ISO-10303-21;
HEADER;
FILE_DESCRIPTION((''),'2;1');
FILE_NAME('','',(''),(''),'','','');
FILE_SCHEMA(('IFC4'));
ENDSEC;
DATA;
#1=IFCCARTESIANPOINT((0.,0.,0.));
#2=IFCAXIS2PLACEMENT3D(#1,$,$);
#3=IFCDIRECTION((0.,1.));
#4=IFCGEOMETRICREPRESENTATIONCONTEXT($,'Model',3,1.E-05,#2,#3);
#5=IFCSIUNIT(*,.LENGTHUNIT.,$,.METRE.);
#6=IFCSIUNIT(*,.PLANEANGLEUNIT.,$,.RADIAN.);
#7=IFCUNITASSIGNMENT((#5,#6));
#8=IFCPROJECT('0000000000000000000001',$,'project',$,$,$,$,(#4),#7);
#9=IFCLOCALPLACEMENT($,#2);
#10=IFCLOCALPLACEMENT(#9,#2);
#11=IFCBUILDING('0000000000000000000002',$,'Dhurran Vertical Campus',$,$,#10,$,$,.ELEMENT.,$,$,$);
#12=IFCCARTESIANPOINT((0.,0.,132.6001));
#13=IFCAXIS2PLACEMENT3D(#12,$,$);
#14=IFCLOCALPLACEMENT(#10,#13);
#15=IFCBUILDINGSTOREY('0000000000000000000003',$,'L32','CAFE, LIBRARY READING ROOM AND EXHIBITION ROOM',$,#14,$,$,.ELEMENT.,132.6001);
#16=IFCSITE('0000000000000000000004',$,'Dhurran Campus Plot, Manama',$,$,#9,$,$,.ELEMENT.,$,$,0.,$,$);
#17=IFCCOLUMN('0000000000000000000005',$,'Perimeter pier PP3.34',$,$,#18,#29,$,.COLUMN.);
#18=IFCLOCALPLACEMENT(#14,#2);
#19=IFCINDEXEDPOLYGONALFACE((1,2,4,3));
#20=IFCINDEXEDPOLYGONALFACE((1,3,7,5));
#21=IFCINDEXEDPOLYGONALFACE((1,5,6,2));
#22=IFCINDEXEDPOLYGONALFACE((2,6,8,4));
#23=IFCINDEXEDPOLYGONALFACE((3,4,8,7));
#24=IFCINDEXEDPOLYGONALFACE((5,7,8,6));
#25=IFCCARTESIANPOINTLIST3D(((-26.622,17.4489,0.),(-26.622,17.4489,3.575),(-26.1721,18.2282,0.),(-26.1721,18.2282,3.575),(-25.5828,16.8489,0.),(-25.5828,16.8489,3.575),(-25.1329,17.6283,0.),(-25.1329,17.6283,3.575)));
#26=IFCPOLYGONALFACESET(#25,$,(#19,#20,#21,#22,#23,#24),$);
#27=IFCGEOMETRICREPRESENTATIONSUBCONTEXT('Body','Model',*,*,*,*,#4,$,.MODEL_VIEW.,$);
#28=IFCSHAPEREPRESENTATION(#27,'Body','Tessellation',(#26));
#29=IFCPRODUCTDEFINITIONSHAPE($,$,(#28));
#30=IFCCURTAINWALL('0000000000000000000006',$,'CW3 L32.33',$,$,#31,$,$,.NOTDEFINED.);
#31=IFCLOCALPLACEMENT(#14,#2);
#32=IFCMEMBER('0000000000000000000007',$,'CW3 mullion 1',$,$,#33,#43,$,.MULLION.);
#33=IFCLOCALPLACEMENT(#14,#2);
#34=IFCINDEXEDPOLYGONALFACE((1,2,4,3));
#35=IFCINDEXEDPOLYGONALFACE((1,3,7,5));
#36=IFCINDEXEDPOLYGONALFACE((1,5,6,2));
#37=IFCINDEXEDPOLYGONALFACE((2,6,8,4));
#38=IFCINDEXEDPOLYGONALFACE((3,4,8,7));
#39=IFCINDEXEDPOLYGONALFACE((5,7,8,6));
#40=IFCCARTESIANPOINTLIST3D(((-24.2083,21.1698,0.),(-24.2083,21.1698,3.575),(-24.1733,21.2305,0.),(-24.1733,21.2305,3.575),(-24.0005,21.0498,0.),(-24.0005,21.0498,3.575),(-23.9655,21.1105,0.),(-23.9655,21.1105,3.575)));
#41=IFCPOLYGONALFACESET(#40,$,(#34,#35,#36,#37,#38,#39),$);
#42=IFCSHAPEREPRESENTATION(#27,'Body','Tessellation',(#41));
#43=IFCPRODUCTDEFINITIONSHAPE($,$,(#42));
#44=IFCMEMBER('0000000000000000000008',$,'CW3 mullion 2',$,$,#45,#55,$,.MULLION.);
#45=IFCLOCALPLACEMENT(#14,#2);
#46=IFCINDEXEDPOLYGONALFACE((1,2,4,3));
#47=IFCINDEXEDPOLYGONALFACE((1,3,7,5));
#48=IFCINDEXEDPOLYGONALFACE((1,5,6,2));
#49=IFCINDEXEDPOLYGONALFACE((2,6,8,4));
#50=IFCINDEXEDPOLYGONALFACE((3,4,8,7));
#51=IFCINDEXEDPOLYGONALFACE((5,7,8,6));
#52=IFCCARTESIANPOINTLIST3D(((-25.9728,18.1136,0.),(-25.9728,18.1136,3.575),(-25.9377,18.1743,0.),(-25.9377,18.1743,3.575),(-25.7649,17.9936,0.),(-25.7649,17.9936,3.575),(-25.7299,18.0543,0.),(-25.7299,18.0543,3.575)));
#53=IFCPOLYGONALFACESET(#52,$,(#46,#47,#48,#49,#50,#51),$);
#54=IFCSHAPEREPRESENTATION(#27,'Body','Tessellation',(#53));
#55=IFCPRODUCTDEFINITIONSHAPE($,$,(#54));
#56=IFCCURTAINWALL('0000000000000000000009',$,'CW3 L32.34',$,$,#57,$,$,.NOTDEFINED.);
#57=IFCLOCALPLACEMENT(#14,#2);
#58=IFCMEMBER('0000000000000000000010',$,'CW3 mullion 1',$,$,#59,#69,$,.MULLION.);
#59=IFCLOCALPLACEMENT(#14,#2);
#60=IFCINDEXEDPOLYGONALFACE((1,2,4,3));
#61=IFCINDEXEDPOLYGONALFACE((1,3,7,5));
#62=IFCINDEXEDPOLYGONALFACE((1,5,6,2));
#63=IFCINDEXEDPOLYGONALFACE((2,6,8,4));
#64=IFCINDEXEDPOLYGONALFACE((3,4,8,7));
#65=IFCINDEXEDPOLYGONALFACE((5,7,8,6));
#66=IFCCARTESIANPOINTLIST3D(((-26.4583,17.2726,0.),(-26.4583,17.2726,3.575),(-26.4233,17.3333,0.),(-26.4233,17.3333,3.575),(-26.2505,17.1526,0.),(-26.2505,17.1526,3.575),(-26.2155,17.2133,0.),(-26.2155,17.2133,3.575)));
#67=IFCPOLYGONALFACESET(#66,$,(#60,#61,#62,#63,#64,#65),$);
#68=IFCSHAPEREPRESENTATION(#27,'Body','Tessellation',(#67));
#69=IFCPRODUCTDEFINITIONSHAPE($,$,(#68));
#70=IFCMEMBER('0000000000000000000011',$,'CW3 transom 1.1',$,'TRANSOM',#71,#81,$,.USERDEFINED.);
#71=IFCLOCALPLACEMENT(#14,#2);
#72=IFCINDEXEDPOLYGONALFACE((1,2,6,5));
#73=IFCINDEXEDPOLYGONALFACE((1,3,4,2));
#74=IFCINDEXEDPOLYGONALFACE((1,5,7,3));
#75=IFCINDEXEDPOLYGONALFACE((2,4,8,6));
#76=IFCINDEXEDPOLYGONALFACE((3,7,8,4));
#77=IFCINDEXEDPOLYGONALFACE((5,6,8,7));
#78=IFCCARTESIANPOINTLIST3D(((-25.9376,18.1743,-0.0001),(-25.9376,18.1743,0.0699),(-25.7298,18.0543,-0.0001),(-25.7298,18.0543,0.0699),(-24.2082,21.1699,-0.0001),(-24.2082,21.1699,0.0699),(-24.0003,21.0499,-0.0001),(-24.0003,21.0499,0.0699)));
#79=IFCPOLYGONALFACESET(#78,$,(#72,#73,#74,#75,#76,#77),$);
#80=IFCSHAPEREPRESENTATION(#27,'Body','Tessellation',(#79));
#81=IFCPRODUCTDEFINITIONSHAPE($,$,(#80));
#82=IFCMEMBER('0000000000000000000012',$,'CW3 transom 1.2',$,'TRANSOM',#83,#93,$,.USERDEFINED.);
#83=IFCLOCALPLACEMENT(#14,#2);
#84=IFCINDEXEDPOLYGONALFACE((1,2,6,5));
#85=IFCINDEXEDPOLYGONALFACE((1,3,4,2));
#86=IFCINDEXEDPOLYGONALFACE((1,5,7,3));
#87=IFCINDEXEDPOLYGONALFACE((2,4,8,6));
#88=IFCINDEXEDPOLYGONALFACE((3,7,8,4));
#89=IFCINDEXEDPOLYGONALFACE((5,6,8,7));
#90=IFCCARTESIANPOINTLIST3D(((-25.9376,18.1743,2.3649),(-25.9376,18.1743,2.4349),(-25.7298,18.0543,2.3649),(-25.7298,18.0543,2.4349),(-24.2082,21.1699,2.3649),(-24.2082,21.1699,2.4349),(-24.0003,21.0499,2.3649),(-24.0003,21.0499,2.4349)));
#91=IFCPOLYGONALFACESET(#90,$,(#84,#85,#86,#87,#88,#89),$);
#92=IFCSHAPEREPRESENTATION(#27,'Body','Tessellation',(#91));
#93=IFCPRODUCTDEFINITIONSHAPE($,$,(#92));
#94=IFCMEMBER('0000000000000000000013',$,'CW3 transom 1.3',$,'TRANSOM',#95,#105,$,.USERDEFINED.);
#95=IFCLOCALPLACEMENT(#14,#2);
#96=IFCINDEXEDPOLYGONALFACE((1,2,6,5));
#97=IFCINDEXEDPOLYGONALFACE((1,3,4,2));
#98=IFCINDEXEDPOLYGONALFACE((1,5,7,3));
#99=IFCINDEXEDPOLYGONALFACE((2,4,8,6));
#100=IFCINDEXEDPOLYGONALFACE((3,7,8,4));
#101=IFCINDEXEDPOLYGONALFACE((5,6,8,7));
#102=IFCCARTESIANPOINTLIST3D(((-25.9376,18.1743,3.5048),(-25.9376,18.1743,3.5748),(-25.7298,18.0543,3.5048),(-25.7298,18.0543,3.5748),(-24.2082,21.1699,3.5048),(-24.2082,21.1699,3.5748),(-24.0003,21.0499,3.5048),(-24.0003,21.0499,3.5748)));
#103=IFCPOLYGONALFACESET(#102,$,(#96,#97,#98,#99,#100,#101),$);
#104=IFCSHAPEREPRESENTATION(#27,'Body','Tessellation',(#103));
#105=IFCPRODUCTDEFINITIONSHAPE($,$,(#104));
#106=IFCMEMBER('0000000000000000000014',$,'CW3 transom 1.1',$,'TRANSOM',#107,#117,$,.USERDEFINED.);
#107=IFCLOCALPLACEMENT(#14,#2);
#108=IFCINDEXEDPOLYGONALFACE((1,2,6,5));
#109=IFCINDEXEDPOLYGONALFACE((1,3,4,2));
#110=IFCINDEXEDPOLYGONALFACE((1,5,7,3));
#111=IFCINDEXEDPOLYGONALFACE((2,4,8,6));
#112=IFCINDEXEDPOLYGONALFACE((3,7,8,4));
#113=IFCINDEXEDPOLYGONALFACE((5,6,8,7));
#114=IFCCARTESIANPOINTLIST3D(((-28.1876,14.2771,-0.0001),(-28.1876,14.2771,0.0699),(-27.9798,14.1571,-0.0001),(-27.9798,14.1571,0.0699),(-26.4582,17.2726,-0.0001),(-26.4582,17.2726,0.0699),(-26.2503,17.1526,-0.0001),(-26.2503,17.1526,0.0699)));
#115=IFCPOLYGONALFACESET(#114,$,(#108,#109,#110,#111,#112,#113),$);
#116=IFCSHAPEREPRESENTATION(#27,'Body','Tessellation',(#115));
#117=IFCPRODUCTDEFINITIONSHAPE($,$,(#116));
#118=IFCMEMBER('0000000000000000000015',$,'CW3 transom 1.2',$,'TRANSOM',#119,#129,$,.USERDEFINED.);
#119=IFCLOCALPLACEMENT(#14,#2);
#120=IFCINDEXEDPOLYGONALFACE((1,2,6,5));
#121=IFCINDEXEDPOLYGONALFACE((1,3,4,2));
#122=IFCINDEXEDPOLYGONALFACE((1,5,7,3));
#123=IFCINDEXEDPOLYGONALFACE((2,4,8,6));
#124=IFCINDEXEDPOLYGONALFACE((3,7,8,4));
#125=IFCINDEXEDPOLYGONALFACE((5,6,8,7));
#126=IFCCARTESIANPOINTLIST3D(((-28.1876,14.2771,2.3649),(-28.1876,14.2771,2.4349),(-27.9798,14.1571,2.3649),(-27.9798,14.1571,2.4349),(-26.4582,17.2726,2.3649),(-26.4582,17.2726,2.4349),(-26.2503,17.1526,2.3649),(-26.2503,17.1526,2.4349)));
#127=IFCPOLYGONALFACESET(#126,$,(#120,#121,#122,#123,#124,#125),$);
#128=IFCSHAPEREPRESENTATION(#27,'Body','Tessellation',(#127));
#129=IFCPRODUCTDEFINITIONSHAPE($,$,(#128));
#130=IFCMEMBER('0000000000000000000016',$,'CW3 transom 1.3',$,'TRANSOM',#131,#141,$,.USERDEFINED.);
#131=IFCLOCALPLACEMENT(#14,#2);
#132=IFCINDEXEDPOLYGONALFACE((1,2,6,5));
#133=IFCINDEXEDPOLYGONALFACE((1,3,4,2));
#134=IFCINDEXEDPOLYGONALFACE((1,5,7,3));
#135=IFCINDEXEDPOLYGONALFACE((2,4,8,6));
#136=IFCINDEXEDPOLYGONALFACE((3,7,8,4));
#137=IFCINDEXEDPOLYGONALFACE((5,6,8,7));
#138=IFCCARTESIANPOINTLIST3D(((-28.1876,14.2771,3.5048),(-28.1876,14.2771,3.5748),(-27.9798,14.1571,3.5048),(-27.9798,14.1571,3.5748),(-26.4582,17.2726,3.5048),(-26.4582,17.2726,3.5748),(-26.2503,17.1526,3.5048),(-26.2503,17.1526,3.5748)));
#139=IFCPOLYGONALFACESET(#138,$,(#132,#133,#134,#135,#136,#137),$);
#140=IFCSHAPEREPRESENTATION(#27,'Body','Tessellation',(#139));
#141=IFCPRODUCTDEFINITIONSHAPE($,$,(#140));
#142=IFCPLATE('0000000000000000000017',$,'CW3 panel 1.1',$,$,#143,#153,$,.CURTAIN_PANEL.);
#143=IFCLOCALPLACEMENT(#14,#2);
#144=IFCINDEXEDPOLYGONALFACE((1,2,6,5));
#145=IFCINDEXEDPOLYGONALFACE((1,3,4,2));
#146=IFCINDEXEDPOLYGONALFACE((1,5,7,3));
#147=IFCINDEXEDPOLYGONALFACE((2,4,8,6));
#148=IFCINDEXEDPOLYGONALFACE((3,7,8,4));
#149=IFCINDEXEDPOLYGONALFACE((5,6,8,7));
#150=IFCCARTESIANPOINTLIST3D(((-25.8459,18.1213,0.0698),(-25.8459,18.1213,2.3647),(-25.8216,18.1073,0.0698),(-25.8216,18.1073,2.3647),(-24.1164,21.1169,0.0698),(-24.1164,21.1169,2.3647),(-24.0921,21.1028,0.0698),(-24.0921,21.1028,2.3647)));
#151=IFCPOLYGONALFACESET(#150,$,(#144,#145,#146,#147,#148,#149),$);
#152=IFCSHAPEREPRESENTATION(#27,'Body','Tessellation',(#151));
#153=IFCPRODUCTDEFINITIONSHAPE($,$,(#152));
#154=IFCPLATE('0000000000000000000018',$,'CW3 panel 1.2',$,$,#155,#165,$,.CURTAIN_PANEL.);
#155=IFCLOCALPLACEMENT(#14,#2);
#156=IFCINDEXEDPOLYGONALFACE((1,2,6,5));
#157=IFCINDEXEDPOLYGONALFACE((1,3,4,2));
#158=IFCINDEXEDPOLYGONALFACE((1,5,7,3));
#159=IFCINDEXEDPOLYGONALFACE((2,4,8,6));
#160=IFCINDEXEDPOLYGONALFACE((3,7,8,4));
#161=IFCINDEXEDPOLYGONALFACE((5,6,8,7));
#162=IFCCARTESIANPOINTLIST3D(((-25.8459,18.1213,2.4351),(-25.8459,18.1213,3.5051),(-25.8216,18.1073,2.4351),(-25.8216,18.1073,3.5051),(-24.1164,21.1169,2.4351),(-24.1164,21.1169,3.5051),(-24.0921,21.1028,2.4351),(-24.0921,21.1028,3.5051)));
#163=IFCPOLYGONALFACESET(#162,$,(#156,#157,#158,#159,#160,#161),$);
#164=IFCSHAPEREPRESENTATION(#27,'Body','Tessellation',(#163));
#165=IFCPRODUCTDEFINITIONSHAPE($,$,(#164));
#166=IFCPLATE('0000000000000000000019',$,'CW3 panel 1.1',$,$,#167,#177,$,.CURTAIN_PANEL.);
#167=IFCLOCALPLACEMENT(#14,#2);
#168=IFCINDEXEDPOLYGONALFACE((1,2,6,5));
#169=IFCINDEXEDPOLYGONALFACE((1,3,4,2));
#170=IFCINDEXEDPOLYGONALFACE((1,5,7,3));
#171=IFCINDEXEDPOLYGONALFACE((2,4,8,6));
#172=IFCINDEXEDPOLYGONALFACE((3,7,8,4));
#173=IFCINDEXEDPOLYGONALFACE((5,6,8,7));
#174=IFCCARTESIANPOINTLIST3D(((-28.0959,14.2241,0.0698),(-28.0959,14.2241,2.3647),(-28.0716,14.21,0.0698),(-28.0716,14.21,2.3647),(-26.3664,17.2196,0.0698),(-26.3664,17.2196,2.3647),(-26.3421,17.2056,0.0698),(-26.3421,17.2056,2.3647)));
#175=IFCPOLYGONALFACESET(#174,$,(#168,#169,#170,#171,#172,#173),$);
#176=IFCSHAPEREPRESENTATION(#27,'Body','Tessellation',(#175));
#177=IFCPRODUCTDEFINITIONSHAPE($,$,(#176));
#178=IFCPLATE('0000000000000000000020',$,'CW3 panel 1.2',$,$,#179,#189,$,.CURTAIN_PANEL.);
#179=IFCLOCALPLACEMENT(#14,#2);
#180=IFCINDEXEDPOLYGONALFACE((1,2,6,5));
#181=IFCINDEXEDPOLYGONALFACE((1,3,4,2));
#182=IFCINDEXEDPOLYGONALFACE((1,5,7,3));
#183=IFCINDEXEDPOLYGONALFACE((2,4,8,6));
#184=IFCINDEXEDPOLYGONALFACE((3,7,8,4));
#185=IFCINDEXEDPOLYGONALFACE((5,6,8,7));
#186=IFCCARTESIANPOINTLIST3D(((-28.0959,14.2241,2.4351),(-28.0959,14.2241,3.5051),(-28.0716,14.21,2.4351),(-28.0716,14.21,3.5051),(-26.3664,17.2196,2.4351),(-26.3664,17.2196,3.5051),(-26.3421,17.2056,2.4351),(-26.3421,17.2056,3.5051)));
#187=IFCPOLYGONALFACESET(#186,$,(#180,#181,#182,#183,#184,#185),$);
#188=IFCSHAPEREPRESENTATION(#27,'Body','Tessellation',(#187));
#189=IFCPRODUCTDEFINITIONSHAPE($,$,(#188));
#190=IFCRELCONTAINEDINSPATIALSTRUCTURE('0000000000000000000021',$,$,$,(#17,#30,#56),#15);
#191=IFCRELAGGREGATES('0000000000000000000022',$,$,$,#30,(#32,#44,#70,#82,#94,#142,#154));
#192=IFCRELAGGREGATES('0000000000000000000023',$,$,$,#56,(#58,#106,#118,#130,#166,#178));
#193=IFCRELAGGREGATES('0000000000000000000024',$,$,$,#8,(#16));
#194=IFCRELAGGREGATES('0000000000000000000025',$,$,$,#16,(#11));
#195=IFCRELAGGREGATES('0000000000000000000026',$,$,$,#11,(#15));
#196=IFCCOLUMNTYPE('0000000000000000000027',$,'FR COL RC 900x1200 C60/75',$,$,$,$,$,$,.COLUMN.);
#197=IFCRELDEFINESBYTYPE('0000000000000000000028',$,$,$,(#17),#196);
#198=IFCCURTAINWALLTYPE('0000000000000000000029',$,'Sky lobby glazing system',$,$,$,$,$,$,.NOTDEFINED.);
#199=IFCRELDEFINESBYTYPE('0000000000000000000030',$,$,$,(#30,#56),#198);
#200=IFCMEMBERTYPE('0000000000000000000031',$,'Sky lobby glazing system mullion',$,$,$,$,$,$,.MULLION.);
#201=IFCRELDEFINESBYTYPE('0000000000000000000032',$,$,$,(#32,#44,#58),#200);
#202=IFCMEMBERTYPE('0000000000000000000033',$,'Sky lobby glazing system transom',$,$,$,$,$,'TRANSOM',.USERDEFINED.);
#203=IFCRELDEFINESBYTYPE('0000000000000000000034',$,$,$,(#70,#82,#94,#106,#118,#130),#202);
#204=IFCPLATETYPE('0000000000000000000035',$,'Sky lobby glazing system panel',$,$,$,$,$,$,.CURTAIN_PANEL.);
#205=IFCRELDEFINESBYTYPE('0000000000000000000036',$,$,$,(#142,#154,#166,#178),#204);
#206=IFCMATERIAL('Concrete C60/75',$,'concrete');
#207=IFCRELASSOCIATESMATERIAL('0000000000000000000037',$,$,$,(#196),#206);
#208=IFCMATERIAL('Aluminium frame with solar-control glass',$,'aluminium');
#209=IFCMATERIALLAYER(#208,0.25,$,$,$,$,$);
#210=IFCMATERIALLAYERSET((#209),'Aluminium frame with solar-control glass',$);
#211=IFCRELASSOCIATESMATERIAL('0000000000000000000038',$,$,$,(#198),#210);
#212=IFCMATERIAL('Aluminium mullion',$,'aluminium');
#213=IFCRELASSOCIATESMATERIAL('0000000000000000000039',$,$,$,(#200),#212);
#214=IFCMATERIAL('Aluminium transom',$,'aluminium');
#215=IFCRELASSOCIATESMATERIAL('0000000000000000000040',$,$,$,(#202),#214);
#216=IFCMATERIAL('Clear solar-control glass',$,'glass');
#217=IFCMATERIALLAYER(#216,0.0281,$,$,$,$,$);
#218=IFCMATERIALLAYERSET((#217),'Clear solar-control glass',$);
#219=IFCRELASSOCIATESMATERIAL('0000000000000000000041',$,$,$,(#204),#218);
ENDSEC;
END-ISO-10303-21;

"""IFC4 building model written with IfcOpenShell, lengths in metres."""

from ifc_helpers import new_model, si_unit, direction, frame, origin, origin_2d, place, context, subcontext, project, spatial, rectangle, extrude, material, layer, layer_set, material_profile, profile_set, type_object, element, aggregate, save


model = new_model("IFC4")

# Units and contexts
model_context = context("Model", 3, precision=1e-05, world=origin(), true_north=direction((0.0, 1.0)))
body_context = subcontext(model_context, "Body", "Model", "MODEL_VIEW")
ifc_project = project(units=[si_unit("LENGTHUNIT", "METRE"), si_unit("PLANEANGLEUNIT", "RADIAN")], contexts=[model_context])

# Site, building, storey
site_placement = place(None, origin())
site = spatial("IfcSite", under=ifc_project, at=site_placement, Name="Dhurran Campus Plot, Manama", CompositionType="ELEMENT", RefElevation=0.0)
building_placement = place(site_placement, origin())
building = spatial("IfcBuilding", under=site, at=building_placement, Name="Dhurran Vertical Campus", CompositionType="ELEMENT")
storey_placement = place(building_placement, frame((0.0, 0.0, 132.6001)))
storey = spatial("IfcBuildingStorey", under=building, at=storey_placement, Name="L32", Description="CAFE, LIBRARY READING ROOM AND EXHIBITION ROOM", CompositionType="ELEMENT", Elevation=132.6001)

# Column
ifc_material_1 = material(Name="Concrete C60/75", Category="concrete")
ifc_material_profile_1 = material_profile(ifc_material_1, rectangle(XDim=0.8999, YDim=1.2, at=origin_2d()), Name="RC 900x1200")
ifc_profile_set_1 = profile_set([ifc_material_profile_1], Name="Concrete C60/75")
column_type = type_object("IfcColumnType", Name="FR COL RC 900x1200 C60/75", PredefinedType="COLUMN", material=ifc_profile_set_1)
column_placement = place(storey_placement, frame((-25.8774, 17.5386, 0.0), z_axis=(0.0, 0.0, 1.0), x_axis=(-0.5, -0.866025, 0.0)))
element("IfcColumn", 1, at=column_placement, inside=storey, type_object=column_type, Name="Perimeter pier PP3.34", PredefinedType="COLUMN", context=body_context, shape_type="SweptSolid", body=[
    extrude(rectangle(XDim=0.8999, YDim=1.2, at=origin_2d()), origin(), (0.0, 0.0, 1.0), 3.575),
])

# Curtain wall, members
ifc_material_2 = material(Name="Aluminium frame with solar-control glass", Category="aluminium")
ifc_layer_1 = layer(ifc_material_2, 0.25)
ifc_layer_set_1 = layer_set([ifc_layer_1], Name="Aluminium frame with solar-control glass")
curtain_wall_type = type_object("IfcCurtainWallType", Name="Sky lobby glazing system", PredefinedType="NOTDEFINED", material=ifc_layer_set_1)
curtain_wall_1_placement = place(storey_placement, origin())
curtain_wall_1 = element("IfcCurtainWall", 2, at=curtain_wall_1_placement, inside=storey, type_object=curtain_wall_type, Name="CW3 L32.33", PredefinedType="NOTDEFINED")
ifc_material_3 = material(Name="Aluminium mullion", Category="aluminium")
ifc_material_profile_2 = material_profile(ifc_material_3, rectangle(XDim=0.24, YDim=0.0701, at=origin_2d()), Name="Sky lobby glazing system mullion")
ifc_profile_set_2 = profile_set([ifc_material_profile_2], Name="Aluminium mullion")
member_type_1 = type_object("IfcMemberType", Name="Sky lobby glazing system mullion", PredefinedType="MULLION", material=ifc_profile_set_2)
member_1_placement = place(storey_placement, frame((-24.0869, 21.1401, 0.0), z_axis=(0.0, 0.0, 1.0), x_axis=(0.866024, -0.500003, 0.0)))
member_1 = element("IfcMember", 3, at=member_1_placement, type_object=member_type_1, Name="CW3 mullion 1", PredefinedType="MULLION", context=body_context, shape_type="SweptSolid", body=[
    extrude(rectangle(XDim=0.24, YDim=0.0701, at=origin_2d()), origin(), (0.0, 0.0, 1.0), 3.575),
])
member_2_placement = place(storey_placement, frame((-25.8513, 18.084, 0.0), z_axis=(0.0, 0.0, 1.0), x_axis=(0.866024, -0.500003, 0.0)))
member_2 = element("IfcMember", 4, at=member_2_placement, type_object=member_type_1, Name="CW3 mullion 2", PredefinedType="MULLION", context=body_context, shape_type="SweptSolid", body=[
    extrude(rectangle(XDim=0.24, YDim=0.0701, at=origin_2d()), origin(), (0.0, 0.0, 1.0), 3.575),
])

# Curtain wall, member
curtain_wall_2_placement = place(storey_placement, origin())
curtain_wall_2 = element("IfcCurtainWall", 5, at=curtain_wall_2_placement, inside=storey, type_object=curtain_wall_type, Name="CW3 L32.34", PredefinedType="NOTDEFINED")
member_3_placement = place(storey_placement, frame((-26.3369, 17.2429, 0.0), z_axis=(0.0, 0.0, 1.0), x_axis=(0.866024, -0.500003, 0.0)))
member_3 = element("IfcMember", 6, at=member_3_placement, type_object=member_type_1, Name="CW3 mullion 1", PredefinedType="MULLION", context=body_context, shape_type="SweptSolid", body=[
    extrude(rectangle(XDim=0.24, YDim=0.0701, at=origin_2d()), origin(), (0.0, 0.0, 1.0), 3.575),
])

# Members
ifc_material_4 = material(Name="Aluminium transom", Category="aluminium")
ifc_material_profile_3 = material_profile(ifc_material_4, rectangle(XDim=0.24, YDim=0.0701, at=origin_2d()), Name="Sky lobby glazing system transom")
ifc_profile_set_3 = profile_set([ifc_material_profile_3], Name="Aluminium transom")
member_type_2 = type_object("IfcMemberType", Name="Sky lobby glazing system transom", ElementType="TRANSOM", PredefinedType="USERDEFINED", material=ifc_profile_set_3)
member_4_placement = place(storey_placement, frame((-24.1042, 21.1099, 0.0349), z_axis=(-0.499995, -0.866028, 0.0), x_axis=(0.866028, -0.499995, 0.0)))
member_4 = element("IfcMember", 7, at=member_4_placement, type_object=member_type_2, Name="CW3 transom 1.1", ObjectType="TRANSOM", PredefinedType="USERDEFINED", context=body_context, shape_type="SweptSolid", body=[
    extrude(rectangle(XDim=0.24, YDim=0.0701, at=origin_2d()), origin(), (0.0, 0.0, 1.0), 3.459),
])
member_5_placement = place(storey_placement, frame((-24.1042, 21.1099, 2.3999), z_axis=(-0.499995, -0.866028, 0.0), x_axis=(0.866028, -0.499995, 0.0)))
member_5 = element("IfcMember", 8, at=member_5_placement, type_object=member_type_2, Name="CW3 transom 1.2", ObjectType="TRANSOM", PredefinedType="USERDEFINED", context=body_context, shape_type="SweptSolid", body=[
    extrude(rectangle(XDim=0.24, YDim=0.0701, at=origin_2d()), origin(), (0.0, 0.0, 1.0), 3.459),
])
member_6_placement = place(storey_placement, frame((-24.1042, 21.1099, 3.5398), z_axis=(-0.499995, -0.866028, 0.0), x_axis=(0.866028, -0.499995, 0.0)))
member_6 = element("IfcMember", 9, at=member_6_placement, type_object=member_type_2, Name="CW3 transom 1.3", ObjectType="TRANSOM", PredefinedType="USERDEFINED", context=body_context, shape_type="SweptSolid", body=[
    extrude(rectangle(XDim=0.24, YDim=0.0701, at=origin_2d()), origin(), (0.0, 0.0, 1.0), 3.459),
])
member_7_placement = place(storey_placement, frame((-26.3542, 17.2126, 0.0349), z_axis=(-0.499995, -0.866028, 0.0), x_axis=(0.866028, -0.499995, 0.0)))
member_7 = element("IfcMember", 10, at=member_7_placement, type_object=member_type_2, Name="CW3 transom 1.1", ObjectType="TRANSOM", PredefinedType="USERDEFINED", context=body_context, shape_type="SweptSolid", body=[
    extrude(rectangle(XDim=0.24, YDim=0.0701, at=origin_2d()), origin(), (0.0, 0.0, 1.0), 3.459),
])
member_8_placement = place(storey_placement, frame((-26.3542, 17.2126, 2.3999), z_axis=(-0.499995, -0.866028, 0.0), x_axis=(0.866028, -0.499995, 0.0)))
member_8 = element("IfcMember", 11, at=member_8_placement, type_object=member_type_2, Name="CW3 transom 1.2", ObjectType="TRANSOM", PredefinedType="USERDEFINED", context=body_context, shape_type="SweptSolid", body=[
    extrude(rectangle(XDim=0.24, YDim=0.0701, at=origin_2d()), origin(), (0.0, 0.0, 1.0), 3.459),
])
member_9_placement = place(storey_placement, frame((-26.3542, 17.2126, 3.5398), z_axis=(-0.499995, -0.866028, 0.0), x_axis=(0.866028, -0.499995, 0.0)))
member_9 = element("IfcMember", 12, at=member_9_placement, type_object=member_type_2, Name="CW3 transom 1.3", ObjectType="TRANSOM", PredefinedType="USERDEFINED", context=body_context, shape_type="SweptSolid", body=[
    extrude(rectangle(XDim=0.24, YDim=0.0701, at=origin_2d()), origin(), (0.0, 0.0, 1.0), 3.459),
])

# Plates
ifc_material_5 = material(Name="Clear solar-control glass", Category="glass")
ifc_layer_2 = layer(ifc_material_5, 0.0281)
ifc_layer_set_2 = layer_set([ifc_layer_2], Name="Clear solar-control glass")
plate_type = type_object("IfcPlateType", Name="Sky lobby glazing system panel", PredefinedType="CURTAIN_PANEL", material=ifc_layer_set_2)
plate_1_placement = place(storey_placement, frame((-24.969, 19.6121, 0.0698), z_axis=(0.0, 0.0, 1.0), x_axis=(-0.500003, -0.866024, 0.0)))
plate_1 = element("IfcPlate", 13, at=plate_1_placement, type_object=plate_type, Name="CW3 panel 1.1", PredefinedType="CURTAIN_PANEL", context=body_context, shape_type="SweptSolid", body=[
    extrude(rectangle(XDim=3.459, YDim=0.0281, at=origin_2d()), origin(), (0.0, 0.0, 1.0), 2.2949),
])
plate_2_placement = place(storey_placement, frame((-24.969, 19.6121, 2.4351), z_axis=(0.0, 0.0, 1.0), x_axis=(-0.500003, -0.866024, 0.0)))
plate_2 = element("IfcPlate", 14, at=plate_2_placement, type_object=plate_type, Name="CW3 panel 1.2", PredefinedType="CURTAIN_PANEL", context=body_context, shape_type="SweptSolid", body=[
    extrude(rectangle(XDim=3.459, YDim=0.0281, at=origin_2d()), origin(), (0.0, 0.0, 1.0), 1.0701),
])
aggregate(curtain_wall_1, [member_1, member_2, member_4, member_5, member_6, plate_1, plate_2])
plate_3_placement = place(storey_placement, frame((-27.219, 15.7148, 0.0698), z_axis=(0.0, 0.0, 1.0), x_axis=(-0.500003, -0.866024, 0.0)))
plate_3 = element("IfcPlate", 15, at=plate_3_placement, type_object=plate_type, Name="CW3 panel 1.1", PredefinedType="CURTAIN_PANEL", context=body_context, shape_type="SweptSolid", body=[
    extrude(rectangle(XDim=3.459, YDim=0.0281, at=origin_2d()), origin(), (0.0, 0.0, 1.0), 2.2949),
])
plate_4_placement = place(storey_placement, frame((-27.219, 15.7148, 2.4351), z_axis=(0.0, 0.0, 1.0), x_axis=(-0.500003, -0.866024, 0.0)))
plate_4 = element("IfcPlate", 16, at=plate_4_placement, type_object=plate_type, Name="CW3 panel 1.2", PredefinedType="CURTAIN_PANEL", context=body_context, shape_type="SweptSolid", body=[
    extrude(rectangle(XDim=3.459, YDim=0.0281, at=origin_2d()), origin(), (0.0, 0.0, 1.0), 1.0701),
])
aggregate(curtain_wall_2, [member_3, member_7, member_8, member_9, plate_3, plate_4])

save(model, "model.ifc")
